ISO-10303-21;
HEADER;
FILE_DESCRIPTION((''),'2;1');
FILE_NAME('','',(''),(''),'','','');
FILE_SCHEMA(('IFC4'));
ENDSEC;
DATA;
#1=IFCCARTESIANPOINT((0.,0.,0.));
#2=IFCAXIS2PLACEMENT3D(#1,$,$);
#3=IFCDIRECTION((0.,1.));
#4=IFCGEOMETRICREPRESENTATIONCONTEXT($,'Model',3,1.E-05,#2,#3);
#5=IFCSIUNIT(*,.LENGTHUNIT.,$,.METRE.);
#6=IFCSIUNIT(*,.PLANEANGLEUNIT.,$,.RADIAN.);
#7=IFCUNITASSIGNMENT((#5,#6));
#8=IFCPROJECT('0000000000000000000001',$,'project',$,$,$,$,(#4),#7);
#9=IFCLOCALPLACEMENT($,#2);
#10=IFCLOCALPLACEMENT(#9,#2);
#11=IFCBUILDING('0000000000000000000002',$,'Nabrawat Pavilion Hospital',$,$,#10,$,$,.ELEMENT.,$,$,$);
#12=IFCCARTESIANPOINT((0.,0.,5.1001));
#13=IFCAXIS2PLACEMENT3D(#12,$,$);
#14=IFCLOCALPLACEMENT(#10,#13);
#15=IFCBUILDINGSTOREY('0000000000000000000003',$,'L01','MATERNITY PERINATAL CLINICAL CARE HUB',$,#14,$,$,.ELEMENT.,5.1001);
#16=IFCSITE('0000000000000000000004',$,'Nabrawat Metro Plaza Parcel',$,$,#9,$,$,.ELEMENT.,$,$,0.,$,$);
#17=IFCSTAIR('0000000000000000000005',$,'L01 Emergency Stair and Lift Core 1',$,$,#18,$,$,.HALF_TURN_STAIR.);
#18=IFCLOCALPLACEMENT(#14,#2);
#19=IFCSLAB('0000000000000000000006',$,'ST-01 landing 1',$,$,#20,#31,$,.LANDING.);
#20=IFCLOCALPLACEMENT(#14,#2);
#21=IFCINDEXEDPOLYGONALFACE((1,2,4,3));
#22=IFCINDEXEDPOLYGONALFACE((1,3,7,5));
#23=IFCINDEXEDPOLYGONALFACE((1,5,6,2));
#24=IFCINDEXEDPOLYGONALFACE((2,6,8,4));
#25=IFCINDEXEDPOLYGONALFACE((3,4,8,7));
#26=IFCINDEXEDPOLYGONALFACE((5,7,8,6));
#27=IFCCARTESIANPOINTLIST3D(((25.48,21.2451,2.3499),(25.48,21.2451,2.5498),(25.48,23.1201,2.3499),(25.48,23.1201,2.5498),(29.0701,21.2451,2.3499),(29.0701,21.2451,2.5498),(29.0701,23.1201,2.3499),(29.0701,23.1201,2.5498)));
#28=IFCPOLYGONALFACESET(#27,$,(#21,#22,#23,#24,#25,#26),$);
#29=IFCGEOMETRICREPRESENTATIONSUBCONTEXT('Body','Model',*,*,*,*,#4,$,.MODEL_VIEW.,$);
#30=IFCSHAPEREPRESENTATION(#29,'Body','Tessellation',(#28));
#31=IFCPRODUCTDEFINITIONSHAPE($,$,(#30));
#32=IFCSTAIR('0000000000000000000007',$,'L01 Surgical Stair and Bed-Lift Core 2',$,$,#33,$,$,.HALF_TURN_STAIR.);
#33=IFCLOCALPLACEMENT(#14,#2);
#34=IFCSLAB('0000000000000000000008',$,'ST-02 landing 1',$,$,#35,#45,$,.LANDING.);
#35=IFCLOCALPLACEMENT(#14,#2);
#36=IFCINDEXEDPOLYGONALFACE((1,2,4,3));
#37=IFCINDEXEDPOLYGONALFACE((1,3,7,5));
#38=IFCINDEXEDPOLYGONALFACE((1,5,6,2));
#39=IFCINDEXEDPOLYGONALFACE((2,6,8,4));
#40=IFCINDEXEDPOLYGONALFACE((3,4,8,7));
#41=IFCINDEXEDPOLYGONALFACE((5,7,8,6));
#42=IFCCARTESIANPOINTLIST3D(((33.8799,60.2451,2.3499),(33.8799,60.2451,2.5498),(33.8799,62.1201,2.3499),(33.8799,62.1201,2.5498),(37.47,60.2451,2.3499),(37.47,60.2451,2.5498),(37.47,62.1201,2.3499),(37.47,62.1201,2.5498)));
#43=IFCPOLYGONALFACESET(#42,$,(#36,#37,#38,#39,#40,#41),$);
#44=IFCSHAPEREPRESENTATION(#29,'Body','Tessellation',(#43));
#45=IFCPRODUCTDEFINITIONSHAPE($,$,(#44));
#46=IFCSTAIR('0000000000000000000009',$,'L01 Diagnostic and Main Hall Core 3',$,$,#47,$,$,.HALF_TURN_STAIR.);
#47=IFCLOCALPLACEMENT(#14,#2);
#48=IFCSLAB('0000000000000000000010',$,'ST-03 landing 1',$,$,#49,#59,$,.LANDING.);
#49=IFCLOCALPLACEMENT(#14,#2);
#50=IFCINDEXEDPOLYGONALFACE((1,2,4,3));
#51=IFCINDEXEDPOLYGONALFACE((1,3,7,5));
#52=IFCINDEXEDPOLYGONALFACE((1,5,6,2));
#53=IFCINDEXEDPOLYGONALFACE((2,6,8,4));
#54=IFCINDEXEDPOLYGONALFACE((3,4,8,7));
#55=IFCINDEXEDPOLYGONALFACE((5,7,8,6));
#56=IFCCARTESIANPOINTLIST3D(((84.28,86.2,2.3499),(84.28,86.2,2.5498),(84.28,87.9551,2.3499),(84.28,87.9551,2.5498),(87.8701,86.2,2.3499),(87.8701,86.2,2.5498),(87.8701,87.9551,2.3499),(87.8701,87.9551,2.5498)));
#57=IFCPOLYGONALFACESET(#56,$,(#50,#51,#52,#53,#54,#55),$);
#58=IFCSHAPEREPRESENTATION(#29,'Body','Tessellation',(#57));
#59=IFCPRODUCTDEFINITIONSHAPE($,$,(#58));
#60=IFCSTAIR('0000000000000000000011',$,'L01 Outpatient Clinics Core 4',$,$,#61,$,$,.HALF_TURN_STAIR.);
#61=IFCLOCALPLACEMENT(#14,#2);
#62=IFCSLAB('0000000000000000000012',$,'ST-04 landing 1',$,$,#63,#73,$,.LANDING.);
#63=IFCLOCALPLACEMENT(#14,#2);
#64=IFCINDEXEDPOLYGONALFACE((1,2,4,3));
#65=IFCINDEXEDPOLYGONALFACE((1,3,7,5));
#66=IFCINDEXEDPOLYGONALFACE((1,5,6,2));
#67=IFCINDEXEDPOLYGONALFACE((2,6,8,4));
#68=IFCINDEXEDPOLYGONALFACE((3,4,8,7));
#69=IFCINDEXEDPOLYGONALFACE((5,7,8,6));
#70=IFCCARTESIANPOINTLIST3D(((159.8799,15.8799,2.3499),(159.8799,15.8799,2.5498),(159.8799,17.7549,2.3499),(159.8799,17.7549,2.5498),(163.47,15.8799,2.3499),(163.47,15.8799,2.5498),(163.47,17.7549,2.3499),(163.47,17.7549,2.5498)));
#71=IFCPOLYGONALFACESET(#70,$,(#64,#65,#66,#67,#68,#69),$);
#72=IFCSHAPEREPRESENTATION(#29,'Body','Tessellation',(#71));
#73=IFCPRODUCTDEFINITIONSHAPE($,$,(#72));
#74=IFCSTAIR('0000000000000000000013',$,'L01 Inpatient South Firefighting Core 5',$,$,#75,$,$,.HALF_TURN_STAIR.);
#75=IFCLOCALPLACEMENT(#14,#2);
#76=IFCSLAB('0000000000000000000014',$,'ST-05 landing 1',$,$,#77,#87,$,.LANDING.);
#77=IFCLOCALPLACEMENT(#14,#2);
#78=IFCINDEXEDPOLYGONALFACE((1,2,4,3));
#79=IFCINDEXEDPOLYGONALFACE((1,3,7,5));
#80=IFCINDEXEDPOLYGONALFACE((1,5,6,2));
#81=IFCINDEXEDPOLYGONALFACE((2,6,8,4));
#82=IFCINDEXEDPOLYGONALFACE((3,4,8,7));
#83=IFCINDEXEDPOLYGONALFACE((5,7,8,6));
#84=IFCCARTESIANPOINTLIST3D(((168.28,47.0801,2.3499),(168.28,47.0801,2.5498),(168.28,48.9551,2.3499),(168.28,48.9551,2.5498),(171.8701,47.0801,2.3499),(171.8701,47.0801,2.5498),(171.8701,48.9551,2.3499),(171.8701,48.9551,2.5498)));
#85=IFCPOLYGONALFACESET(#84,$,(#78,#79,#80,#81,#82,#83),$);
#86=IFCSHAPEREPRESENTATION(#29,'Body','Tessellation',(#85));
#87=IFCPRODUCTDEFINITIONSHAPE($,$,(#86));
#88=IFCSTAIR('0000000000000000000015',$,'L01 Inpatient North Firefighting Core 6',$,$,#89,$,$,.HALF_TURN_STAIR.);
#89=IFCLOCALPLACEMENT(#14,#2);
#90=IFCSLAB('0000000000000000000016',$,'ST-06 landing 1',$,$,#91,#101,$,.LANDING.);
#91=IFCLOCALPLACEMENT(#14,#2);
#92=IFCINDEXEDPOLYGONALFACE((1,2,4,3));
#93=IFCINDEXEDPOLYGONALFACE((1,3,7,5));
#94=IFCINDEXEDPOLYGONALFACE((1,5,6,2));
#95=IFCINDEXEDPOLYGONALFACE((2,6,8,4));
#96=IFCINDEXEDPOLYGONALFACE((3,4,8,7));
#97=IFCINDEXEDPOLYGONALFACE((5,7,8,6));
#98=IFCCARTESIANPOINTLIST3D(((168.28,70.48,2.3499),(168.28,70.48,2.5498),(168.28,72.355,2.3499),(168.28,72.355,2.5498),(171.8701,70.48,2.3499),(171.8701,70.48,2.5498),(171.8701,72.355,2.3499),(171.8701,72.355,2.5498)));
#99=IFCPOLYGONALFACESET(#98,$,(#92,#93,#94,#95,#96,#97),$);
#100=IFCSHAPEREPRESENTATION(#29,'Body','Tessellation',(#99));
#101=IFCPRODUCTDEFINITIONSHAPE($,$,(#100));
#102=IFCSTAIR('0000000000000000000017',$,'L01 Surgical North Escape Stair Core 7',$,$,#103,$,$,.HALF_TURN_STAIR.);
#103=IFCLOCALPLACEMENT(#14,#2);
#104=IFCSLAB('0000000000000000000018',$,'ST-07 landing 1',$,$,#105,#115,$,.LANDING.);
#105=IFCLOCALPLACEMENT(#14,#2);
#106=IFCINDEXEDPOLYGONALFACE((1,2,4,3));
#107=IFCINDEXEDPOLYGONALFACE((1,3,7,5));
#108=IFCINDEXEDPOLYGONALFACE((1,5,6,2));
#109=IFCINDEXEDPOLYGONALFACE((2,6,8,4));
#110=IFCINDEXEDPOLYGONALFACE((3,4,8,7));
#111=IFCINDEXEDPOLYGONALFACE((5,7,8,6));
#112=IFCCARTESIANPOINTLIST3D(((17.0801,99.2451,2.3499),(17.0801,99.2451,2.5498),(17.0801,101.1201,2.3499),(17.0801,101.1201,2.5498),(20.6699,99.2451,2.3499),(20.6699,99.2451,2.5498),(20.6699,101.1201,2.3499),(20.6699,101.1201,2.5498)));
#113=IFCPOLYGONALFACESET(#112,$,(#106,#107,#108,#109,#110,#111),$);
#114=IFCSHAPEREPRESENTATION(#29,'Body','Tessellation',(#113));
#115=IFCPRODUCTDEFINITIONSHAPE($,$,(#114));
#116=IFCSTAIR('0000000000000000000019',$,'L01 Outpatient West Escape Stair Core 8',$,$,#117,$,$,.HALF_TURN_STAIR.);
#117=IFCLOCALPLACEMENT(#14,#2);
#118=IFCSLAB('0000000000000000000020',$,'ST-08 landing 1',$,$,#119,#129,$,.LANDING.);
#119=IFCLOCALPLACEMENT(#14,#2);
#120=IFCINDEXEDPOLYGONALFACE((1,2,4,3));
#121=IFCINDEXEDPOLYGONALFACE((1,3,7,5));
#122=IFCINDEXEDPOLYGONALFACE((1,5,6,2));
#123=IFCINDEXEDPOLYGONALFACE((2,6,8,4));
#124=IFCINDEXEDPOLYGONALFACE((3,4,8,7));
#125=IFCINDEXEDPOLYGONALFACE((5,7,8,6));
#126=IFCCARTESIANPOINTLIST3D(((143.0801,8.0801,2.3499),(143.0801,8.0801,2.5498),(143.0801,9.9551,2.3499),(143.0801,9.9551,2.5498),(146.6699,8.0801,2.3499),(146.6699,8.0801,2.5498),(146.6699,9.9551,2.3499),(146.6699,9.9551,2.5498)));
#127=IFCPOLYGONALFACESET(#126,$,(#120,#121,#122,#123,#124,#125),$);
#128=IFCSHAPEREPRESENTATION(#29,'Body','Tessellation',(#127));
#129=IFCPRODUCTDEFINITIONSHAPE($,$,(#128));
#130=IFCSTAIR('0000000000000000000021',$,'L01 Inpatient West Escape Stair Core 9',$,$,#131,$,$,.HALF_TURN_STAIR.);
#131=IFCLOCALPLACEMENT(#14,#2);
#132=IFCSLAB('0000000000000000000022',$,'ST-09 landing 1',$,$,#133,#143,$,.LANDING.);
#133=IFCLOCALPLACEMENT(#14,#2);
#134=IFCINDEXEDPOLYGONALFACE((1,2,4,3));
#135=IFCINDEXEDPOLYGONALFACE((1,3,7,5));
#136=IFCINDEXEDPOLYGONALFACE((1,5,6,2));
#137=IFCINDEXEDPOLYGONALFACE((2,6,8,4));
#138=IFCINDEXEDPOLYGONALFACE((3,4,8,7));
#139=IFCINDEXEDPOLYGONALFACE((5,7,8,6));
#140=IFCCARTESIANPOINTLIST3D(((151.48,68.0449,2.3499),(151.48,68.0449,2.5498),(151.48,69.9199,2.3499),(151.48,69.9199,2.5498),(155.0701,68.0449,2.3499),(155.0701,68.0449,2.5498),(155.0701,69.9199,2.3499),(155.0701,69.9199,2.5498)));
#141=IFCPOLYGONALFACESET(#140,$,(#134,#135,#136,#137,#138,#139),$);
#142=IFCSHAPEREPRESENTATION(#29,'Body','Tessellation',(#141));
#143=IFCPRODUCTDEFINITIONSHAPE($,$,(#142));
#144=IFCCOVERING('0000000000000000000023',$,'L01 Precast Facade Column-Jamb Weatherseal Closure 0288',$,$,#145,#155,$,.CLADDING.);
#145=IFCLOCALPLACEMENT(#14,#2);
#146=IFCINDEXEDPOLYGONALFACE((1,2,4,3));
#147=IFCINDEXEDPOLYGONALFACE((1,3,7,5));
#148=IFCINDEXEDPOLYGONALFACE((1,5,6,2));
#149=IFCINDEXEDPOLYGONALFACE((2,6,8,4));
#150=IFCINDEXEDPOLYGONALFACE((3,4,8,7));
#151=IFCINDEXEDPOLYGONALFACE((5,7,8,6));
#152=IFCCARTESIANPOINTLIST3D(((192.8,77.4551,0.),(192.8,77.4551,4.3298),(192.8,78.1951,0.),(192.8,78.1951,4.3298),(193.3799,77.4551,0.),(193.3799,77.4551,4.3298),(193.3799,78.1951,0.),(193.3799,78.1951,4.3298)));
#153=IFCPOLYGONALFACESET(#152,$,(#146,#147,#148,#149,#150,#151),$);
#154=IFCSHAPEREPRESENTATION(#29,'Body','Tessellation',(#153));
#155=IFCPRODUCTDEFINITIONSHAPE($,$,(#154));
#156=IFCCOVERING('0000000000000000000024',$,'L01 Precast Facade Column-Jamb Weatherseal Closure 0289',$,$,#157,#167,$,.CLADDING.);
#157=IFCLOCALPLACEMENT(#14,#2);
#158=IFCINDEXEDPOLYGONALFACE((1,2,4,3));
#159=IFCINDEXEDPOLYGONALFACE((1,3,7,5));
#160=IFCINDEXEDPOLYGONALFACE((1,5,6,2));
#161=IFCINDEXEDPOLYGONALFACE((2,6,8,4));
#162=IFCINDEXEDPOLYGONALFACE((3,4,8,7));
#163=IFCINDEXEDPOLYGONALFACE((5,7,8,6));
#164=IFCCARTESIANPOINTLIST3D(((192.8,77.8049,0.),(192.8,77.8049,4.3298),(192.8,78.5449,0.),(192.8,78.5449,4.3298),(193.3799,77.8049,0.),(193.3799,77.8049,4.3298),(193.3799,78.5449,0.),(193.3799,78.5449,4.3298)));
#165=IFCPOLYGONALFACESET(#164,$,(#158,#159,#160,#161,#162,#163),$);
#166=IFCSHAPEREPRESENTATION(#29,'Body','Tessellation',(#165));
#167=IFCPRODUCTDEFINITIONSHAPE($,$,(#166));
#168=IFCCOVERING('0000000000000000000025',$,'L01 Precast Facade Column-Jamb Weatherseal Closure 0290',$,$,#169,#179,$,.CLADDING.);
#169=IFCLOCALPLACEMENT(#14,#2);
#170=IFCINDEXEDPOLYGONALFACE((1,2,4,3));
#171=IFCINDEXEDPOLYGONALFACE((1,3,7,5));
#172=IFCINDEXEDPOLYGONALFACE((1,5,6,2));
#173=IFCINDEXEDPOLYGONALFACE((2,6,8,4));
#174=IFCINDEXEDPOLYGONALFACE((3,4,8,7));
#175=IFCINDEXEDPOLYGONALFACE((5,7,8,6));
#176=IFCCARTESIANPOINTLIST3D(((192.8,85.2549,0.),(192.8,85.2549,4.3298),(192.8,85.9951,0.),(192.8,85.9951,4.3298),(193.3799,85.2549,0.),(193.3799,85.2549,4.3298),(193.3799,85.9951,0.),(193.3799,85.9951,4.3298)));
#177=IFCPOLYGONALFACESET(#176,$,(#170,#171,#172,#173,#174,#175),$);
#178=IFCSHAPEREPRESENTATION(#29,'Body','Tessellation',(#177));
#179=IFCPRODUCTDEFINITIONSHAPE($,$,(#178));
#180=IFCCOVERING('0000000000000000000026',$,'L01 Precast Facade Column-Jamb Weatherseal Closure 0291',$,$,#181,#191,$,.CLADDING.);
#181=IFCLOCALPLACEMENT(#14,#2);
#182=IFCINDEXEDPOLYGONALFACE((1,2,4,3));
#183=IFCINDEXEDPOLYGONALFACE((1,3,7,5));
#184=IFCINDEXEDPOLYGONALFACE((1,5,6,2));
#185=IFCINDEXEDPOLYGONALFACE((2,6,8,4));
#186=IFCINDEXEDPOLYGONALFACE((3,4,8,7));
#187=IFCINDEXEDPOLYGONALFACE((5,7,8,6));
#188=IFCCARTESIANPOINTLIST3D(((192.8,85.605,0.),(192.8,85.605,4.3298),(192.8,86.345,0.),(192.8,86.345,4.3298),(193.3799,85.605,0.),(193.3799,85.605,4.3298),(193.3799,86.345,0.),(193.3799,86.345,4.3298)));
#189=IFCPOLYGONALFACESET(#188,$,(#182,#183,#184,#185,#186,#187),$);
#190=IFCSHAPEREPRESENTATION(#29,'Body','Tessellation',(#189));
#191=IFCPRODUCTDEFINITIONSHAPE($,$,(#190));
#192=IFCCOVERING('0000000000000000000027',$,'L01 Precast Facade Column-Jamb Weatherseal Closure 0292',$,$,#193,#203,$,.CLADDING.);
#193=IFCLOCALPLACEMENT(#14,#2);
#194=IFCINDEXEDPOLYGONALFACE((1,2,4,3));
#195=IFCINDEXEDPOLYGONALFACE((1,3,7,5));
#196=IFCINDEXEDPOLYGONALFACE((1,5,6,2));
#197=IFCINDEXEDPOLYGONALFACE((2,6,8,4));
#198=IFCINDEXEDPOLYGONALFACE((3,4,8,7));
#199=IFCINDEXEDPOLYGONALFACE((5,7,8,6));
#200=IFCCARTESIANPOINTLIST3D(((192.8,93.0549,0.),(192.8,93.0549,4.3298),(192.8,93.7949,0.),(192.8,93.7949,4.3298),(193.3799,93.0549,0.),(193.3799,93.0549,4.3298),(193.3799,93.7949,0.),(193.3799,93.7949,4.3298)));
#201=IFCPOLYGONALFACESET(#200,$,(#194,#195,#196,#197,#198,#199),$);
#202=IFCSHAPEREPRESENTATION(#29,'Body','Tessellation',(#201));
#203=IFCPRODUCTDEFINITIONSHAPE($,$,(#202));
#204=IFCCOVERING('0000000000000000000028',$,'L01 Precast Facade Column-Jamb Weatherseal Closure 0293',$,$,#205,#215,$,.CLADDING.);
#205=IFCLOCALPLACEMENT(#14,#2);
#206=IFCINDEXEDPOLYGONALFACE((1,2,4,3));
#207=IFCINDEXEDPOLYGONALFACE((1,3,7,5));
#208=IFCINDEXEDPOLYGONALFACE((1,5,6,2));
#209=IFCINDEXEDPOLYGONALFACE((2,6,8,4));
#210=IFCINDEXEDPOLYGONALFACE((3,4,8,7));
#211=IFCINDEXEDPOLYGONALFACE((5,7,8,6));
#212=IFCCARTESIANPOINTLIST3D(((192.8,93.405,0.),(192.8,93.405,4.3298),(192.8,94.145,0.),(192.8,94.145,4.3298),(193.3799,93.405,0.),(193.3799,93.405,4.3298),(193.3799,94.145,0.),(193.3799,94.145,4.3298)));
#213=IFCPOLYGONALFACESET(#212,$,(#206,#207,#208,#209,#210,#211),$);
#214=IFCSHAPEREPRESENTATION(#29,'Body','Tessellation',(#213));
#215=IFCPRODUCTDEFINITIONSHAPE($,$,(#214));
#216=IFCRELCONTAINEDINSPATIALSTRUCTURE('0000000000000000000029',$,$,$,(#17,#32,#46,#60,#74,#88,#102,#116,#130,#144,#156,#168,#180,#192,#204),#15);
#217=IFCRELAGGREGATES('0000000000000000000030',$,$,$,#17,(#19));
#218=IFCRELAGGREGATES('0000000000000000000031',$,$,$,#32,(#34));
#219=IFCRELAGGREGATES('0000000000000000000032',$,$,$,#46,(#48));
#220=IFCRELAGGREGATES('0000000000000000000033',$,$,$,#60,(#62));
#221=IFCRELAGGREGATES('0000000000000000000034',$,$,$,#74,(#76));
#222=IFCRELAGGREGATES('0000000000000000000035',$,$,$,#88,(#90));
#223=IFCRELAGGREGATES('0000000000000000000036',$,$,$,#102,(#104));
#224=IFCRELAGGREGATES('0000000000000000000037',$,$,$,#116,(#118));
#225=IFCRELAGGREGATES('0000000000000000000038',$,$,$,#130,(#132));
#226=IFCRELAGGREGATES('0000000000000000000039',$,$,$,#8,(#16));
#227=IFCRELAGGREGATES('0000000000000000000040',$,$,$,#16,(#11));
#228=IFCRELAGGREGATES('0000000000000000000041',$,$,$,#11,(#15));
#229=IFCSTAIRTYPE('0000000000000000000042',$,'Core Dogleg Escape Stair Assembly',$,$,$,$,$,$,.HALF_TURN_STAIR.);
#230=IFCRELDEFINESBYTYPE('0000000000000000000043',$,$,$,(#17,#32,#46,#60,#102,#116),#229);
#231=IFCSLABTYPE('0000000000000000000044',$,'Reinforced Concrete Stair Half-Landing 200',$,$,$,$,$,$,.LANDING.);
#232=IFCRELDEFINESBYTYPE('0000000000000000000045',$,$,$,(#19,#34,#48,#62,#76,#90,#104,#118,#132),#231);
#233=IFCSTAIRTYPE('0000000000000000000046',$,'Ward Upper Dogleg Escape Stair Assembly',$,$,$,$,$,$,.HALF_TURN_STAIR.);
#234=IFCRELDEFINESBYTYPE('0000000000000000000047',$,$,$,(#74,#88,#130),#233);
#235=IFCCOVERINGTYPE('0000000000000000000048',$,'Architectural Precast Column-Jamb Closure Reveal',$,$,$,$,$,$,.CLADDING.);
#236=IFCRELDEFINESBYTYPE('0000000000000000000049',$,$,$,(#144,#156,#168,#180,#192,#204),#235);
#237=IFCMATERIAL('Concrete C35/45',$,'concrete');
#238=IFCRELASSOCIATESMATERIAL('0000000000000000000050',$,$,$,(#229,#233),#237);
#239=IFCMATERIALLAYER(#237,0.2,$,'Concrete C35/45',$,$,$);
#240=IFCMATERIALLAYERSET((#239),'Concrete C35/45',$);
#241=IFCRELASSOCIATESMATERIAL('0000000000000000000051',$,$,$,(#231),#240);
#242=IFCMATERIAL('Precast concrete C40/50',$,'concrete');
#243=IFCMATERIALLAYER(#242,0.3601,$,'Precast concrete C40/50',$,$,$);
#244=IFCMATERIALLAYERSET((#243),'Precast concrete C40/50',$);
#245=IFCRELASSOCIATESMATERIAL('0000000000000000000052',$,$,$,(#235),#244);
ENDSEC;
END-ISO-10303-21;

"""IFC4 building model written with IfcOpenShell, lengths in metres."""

from ifc_helpers import new_model, si_unit, direction, frame, origin, place, context, subcontext, project, spatial, polyline, outline, extrude, material, layer, layer_set, type_object, element, aggregate, save


model = new_model("IFC4")

# Units and contexts
model_context = context("Model", 3, precision=1e-05, world=origin(), true_north=direction((0.0, 1.0)))
body_context = subcontext(model_context, "Body", "Model", "MODEL_VIEW")
ifc_project = project(units=[si_unit("LENGTHUNIT", "METRE"), si_unit("PLANEANGLEUNIT", "RADIAN")], contexts=[model_context])

# Site, building, storey
site_placement = place(None, origin())
site = spatial("IfcSite", under=ifc_project, at=site_placement, Name="Nabrawat Metro Plaza Parcel", CompositionType="ELEMENT", RefElevation=0.0)
building_placement = place(site_placement, origin())
building = spatial("IfcBuilding", under=site, at=building_placement, Name="Nabrawat Pavilion Hospital", CompositionType="ELEMENT")
storey_placement = place(building_placement, frame((0.0, 0.0, 5.1001)))
storey = spatial("IfcBuildingStorey", under=building, at=storey_placement, Name="L01", Description="MATERNITY PERINATAL CLINICAL CARE HUB", CompositionType="ELEMENT", Elevation=5.1001)

# Shared definitions
ifc_material_1 = material(Name="Precast concrete C40/50", Category="concrete")

# Stairs, slabs
ifc_material_2 = material(Name="Concrete C35/45", Category="concrete")
stair_type_1 = type_object("IfcStairType", Name="Core Dogleg Escape Stair Assembly", PredefinedType="HALF_TURN_STAIR", material=ifc_material_2)
stair_1_placement = place(storey_placement, origin())
stair_1 = element("IfcStair", 1, at=stair_1_placement, inside=storey, type_object=stair_type_1, Name="L01 Emergency Stair and Lift Core 1", PredefinedType="HALF_TURN_STAIR")
ifc_layer_1 = layer(ifc_material_2, 0.2, Name="Concrete C35/45")
ifc_layer_set_1 = layer_set([ifc_layer_1], Name="Concrete C35/45")
slab_type = type_object("IfcSlabType", Name="Reinforced Concrete Stair Half-Landing 200", PredefinedType="LANDING", material=ifc_layer_set_1)
slab_1_placement = place(storey_placement, frame((0.0, 0.0, 2.3499)))
slab_1 = element("IfcSlab", 2, at=slab_1_placement, type_object=slab_type, Name="ST-01 landing 1", PredefinedType="LANDING", context=body_context, shape_type="SweptSolid", body=[
    extrude(outline(polyline([(29.0701, 21.2451), (29.0701, 23.1201), (25.48, 23.1201), (25.48, 21.2451), (29.0701, 21.2451)])), origin(), (0.0, 0.0, 1.0), 0.2),
])
aggregate(stair_1, [slab_1])
stair_2_placement = place(storey_placement, origin())
stair_2 = element("IfcStair", 3, at=stair_2_placement, inside=storey, type_object=stair_type_1, Name="L01 Surgical Stair and Bed-Lift Core 2", PredefinedType="HALF_TURN_STAIR")
slab_2_placement = place(storey_placement, frame((0.0, 0.0, 2.3499)))
slab_2 = element("IfcSlab", 4, at=slab_2_placement, type_object=slab_type, Name="ST-02 landing 1", PredefinedType="LANDING", context=body_context, shape_type="SweptSolid", body=[
    extrude(outline(polyline([(37.47, 60.2451), (37.47, 62.1201), (33.8799, 62.1201), (33.8799, 60.2451), (37.47, 60.2451)])), origin(), (0.0, 0.0, 1.0), 0.2),
])
aggregate(stair_2, [slab_2])
stair_3_placement = place(storey_placement, origin())
stair_3 = element("IfcStair", 5, at=stair_3_placement, inside=storey, type_object=stair_type_1, Name="L01 Diagnostic and Main Hall Core 3", PredefinedType="HALF_TURN_STAIR")
slab_3_placement = place(storey_placement, frame((0.0, 0.0, 2.3499)))
slab_3 = element("IfcSlab", 6, at=slab_3_placement, type_object=slab_type, Name="ST-03 landing 1", PredefinedType="LANDING", context=body_context, shape_type="SweptSolid", body=[
    extrude(outline(polyline([(87.8701, 86.2), (87.8701, 87.9551), (84.28, 87.9551), (84.28, 86.2), (87.8701, 86.2)])), origin(), (0.0, 0.0, 1.0), 0.2),
])
aggregate(stair_3, [slab_3])
stair_4_placement = place(storey_placement, origin())
stair_4 = element("IfcStair", 7, at=stair_4_placement, inside=storey, type_object=stair_type_1, Name="L01 Outpatient Clinics Core 4", PredefinedType="HALF_TURN_STAIR")
slab_4_placement = place(storey_placement, frame((0.0, 0.0, 2.3499)))
slab_4 = element("IfcSlab", 8, at=slab_4_placement, type_object=slab_type, Name="ST-04 landing 1", PredefinedType="LANDING", context=body_context, shape_type="SweptSolid", body=[
    extrude(outline(polyline([(163.47, 15.8799), (163.47, 17.7549), (159.8799, 17.7549), (159.8799, 15.8799), (163.47, 15.8799)])), origin(), (0.0, 0.0, 1.0), 0.2),
])
aggregate(stair_4, [slab_4])
stair_type_2 = type_object("IfcStairType", Name="Ward Upper Dogleg Escape Stair Assembly", PredefinedType="HALF_TURN_STAIR", material=ifc_material_2)
stair_5_placement = place(storey_placement, origin())
stair_5 = element("IfcStair", 9, at=stair_5_placement, inside=storey, type_object=stair_type_2, Name="L01 Inpatient South Firefighting Core 5", PredefinedType="HALF_TURN_STAIR")
slab_5_placement = place(storey_placement, frame((0.0, 0.0, 2.3499)))
slab_5 = element("IfcSlab", 10, at=slab_5_placement, type_object=slab_type, Name="ST-05 landing 1", PredefinedType="LANDING", context=body_context, shape_type="SweptSolid", body=[
    extrude(outline(polyline([(171.8701, 47.0801), (171.8701, 48.9551), (168.28, 48.9551), (168.28, 47.0801), (171.8701, 47.0801)])), origin(), (0.0, 0.0, 1.0), 0.2),
])
aggregate(stair_5, [slab_5])
stair_6_placement = place(storey_placement, origin())
stair_6 = element("IfcStair", 11, at=stair_6_placement, inside=storey, type_object=stair_type_2, Name="L01 Inpatient North Firefighting Core 6", PredefinedType="HALF_TURN_STAIR")
slab_6_placement = place(storey_placement, frame((0.0, 0.0, 2.3499)))
slab_6 = element("IfcSlab", 12, at=slab_6_placement, type_object=slab_type, Name="ST-06 landing 1", PredefinedType="LANDING", context=body_context, shape_type="SweptSolid", body=[
    extrude(outline(polyline([(171.8701, 70.48), (171.8701, 72.355), (168.28, 72.355), (168.28, 70.48), (171.8701, 70.48)])), origin(), (0.0, 0.0, 1.0), 0.2),
])
aggregate(stair_6, [slab_6])
stair_7_placement = place(storey_placement, origin())
stair_7 = element("IfcStair", 13, at=stair_7_placement, inside=storey, type_object=stair_type_1, Name="L01 Surgical North Escape Stair Core 7", PredefinedType="HALF_TURN_STAIR")
slab_7_placement = place(storey_placement, frame((0.0, 0.0, 2.3499)))
slab_7 = element("IfcSlab", 14, at=slab_7_placement, type_object=slab_type, Name="ST-07 landing 1", PredefinedType="LANDING", context=body_context, shape_type="SweptSolid", body=[
    extrude(outline(polyline([(20.6699, 99.2451), (20.6699, 101.1201), (17.0801, 101.1201), (17.0801, 99.2451), (20.6699, 99.2451)])), origin(), (0.0, 0.0, 1.0), 0.2),
])
aggregate(stair_7, [slab_7])
stair_8_placement = place(storey_placement, origin())
stair_8 = element("IfcStair", 15, at=stair_8_placement, inside=storey, type_object=stair_type_1, Name="L01 Outpatient West Escape Stair Core 8", PredefinedType="HALF_TURN_STAIR")
slab_8_placement = place(storey_placement, frame((0.0, 0.0, 2.3499)))
slab_8 = element("IfcSlab", 16, at=slab_8_placement, type_object=slab_type, Name="ST-08 landing 1", PredefinedType="LANDING", context=body_context, shape_type="SweptSolid", body=[
    extrude(outline(polyline([(146.6699, 8.0801), (146.6699, 9.9551), (143.0801, 9.9551), (143.0801, 8.0801), (146.6699, 8.0801)])), origin(), (0.0, 0.0, 1.0), 0.2),
])
aggregate(stair_8, [slab_8])
stair_9_placement = place(storey_placement, origin())
stair_9 = element("IfcStair", 17, at=stair_9_placement, inside=storey, type_object=stair_type_2, Name="L01 Inpatient West Escape Stair Core 9", PredefinedType="HALF_TURN_STAIR")
slab_9_placement = place(storey_placement, frame((0.0, 0.0, 2.3499)))
slab_9 = element("IfcSlab", 18, at=slab_9_placement, type_object=slab_type, Name="ST-09 landing 1", PredefinedType="LANDING", context=body_context, shape_type="SweptSolid", body=[
    extrude(outline(polyline([(155.0701, 68.0449), (155.0701, 69.9199), (151.48, 69.9199), (151.48, 68.0449), (155.0701, 68.0449)])), origin(), (0.0, 0.0, 1.0), 0.2),
])
aggregate(stair_9, [slab_9])

# Coverings
ifc_layer_2 = layer(ifc_material_1, 0.3601, Name="Precast concrete C40/50")
ifc_layer_set_2 = layer_set([ifc_layer_2], Name="Precast concrete C40/50")
covering_type_1 = type_object("IfcCoveringType", Name="Architectural Precast Column-Jamb Closure Reveal", PredefinedType="CLADDING", material=ifc_layer_set_2)
covering_1_placement = place(storey_placement, origin())
element("IfcCovering", 19, at=covering_1_placement, inside=storey, type_object=covering_type_1, Name="L01 Precast Facade Column-Jamb Weatherseal Closure 0288", PredefinedType="CLADDING", context=body_context, shape_type="SweptSolid", body=[
    extrude(outline(polyline([(193.3799, 77.4551), (193.3799, 78.1951), (192.8, 78.1951), (192.8, 77.4551), (193.3799, 77.4551)])), origin(), (0.0, 0.0, 1.0), 4.3298),
])
covering_2_placement = place(storey_placement, origin())
element("IfcCovering", 20, at=covering_2_placement, inside=storey, type_object=covering_type_1, Name="L01 Precast Facade Column-Jamb Weatherseal Closure 0289", PredefinedType="CLADDING", context=body_context, shape_type="SweptSolid", body=[
    extrude(outline(polyline([(193.3799, 77.8049), (193.3799, 78.5449), (192.8, 78.5449), (192.8, 77.8049), (193.3799, 77.8049)])), origin(), (0.0, 0.0, 1.0), 4.3298),
])
covering_3_placement = place(storey_placement, origin())
element("IfcCovering", 21, at=covering_3_placement, inside=storey, type_object=covering_type_1, Name="L01 Precast Facade Column-Jamb Weatherseal Closure 0290", PredefinedType="CLADDING", context=body_context, shape_type="SweptSolid", body=[
    extrude(outline(polyline([(193.3799, 85.2549), (193.3799, 85.9951), (192.8, 85.9951), (192.8, 85.2549), (193.3799, 85.2549)])), origin(), (0.0, 0.0, 1.0), 4.3298),
])
covering_4_placement = place(storey_placement, origin())
element("IfcCovering", 22, at=covering_4_placement, inside=storey, type_object=covering_type_1, Name="L01 Precast Facade Column-Jamb Weatherseal Closure 0291", PredefinedType="CLADDING", context=body_context, shape_type="SweptSolid", body=[
    extrude(outline(polyline([(193.3799, 85.605), (193.3799, 86.345), (192.8, 86.345), (192.8, 85.605), (193.3799, 85.605)])), origin(), (0.0, 0.0, 1.0), 4.3298),
])
covering_5_placement = place(storey_placement, origin())
element("IfcCovering", 23, at=covering_5_placement, inside=storey, type_object=covering_type_1, Name="L01 Precast Facade Column-Jamb Weatherseal Closure 0292", PredefinedType="CLADDING", context=body_context, shape_type="SweptSolid", body=[
    extrude(outline(polyline([(193.3799, 93.0549), (193.3799, 93.7949), (192.8, 93.7949), (192.8, 93.0549), (193.3799, 93.0549)])), origin(), (0.0, 0.0, 1.0), 4.3298),
])
covering_6_placement = place(storey_placement, origin())
element("IfcCovering", 24, at=covering_6_placement, inside=storey, type_object=covering_type_1, Name="L01 Precast Facade Column-Jamb Weatherseal Closure 0293", PredefinedType="CLADDING", context=body_context, shape_type="SweptSolid", body=[
    extrude(outline(polyline([(193.3799, 93.405), (193.3799, 94.145), (192.8, 94.145), (192.8, 93.405), (193.3799, 93.405)])), origin(), (0.0, 0.0, 1.0), 4.3298),
])

save(model, "model.ifc")
